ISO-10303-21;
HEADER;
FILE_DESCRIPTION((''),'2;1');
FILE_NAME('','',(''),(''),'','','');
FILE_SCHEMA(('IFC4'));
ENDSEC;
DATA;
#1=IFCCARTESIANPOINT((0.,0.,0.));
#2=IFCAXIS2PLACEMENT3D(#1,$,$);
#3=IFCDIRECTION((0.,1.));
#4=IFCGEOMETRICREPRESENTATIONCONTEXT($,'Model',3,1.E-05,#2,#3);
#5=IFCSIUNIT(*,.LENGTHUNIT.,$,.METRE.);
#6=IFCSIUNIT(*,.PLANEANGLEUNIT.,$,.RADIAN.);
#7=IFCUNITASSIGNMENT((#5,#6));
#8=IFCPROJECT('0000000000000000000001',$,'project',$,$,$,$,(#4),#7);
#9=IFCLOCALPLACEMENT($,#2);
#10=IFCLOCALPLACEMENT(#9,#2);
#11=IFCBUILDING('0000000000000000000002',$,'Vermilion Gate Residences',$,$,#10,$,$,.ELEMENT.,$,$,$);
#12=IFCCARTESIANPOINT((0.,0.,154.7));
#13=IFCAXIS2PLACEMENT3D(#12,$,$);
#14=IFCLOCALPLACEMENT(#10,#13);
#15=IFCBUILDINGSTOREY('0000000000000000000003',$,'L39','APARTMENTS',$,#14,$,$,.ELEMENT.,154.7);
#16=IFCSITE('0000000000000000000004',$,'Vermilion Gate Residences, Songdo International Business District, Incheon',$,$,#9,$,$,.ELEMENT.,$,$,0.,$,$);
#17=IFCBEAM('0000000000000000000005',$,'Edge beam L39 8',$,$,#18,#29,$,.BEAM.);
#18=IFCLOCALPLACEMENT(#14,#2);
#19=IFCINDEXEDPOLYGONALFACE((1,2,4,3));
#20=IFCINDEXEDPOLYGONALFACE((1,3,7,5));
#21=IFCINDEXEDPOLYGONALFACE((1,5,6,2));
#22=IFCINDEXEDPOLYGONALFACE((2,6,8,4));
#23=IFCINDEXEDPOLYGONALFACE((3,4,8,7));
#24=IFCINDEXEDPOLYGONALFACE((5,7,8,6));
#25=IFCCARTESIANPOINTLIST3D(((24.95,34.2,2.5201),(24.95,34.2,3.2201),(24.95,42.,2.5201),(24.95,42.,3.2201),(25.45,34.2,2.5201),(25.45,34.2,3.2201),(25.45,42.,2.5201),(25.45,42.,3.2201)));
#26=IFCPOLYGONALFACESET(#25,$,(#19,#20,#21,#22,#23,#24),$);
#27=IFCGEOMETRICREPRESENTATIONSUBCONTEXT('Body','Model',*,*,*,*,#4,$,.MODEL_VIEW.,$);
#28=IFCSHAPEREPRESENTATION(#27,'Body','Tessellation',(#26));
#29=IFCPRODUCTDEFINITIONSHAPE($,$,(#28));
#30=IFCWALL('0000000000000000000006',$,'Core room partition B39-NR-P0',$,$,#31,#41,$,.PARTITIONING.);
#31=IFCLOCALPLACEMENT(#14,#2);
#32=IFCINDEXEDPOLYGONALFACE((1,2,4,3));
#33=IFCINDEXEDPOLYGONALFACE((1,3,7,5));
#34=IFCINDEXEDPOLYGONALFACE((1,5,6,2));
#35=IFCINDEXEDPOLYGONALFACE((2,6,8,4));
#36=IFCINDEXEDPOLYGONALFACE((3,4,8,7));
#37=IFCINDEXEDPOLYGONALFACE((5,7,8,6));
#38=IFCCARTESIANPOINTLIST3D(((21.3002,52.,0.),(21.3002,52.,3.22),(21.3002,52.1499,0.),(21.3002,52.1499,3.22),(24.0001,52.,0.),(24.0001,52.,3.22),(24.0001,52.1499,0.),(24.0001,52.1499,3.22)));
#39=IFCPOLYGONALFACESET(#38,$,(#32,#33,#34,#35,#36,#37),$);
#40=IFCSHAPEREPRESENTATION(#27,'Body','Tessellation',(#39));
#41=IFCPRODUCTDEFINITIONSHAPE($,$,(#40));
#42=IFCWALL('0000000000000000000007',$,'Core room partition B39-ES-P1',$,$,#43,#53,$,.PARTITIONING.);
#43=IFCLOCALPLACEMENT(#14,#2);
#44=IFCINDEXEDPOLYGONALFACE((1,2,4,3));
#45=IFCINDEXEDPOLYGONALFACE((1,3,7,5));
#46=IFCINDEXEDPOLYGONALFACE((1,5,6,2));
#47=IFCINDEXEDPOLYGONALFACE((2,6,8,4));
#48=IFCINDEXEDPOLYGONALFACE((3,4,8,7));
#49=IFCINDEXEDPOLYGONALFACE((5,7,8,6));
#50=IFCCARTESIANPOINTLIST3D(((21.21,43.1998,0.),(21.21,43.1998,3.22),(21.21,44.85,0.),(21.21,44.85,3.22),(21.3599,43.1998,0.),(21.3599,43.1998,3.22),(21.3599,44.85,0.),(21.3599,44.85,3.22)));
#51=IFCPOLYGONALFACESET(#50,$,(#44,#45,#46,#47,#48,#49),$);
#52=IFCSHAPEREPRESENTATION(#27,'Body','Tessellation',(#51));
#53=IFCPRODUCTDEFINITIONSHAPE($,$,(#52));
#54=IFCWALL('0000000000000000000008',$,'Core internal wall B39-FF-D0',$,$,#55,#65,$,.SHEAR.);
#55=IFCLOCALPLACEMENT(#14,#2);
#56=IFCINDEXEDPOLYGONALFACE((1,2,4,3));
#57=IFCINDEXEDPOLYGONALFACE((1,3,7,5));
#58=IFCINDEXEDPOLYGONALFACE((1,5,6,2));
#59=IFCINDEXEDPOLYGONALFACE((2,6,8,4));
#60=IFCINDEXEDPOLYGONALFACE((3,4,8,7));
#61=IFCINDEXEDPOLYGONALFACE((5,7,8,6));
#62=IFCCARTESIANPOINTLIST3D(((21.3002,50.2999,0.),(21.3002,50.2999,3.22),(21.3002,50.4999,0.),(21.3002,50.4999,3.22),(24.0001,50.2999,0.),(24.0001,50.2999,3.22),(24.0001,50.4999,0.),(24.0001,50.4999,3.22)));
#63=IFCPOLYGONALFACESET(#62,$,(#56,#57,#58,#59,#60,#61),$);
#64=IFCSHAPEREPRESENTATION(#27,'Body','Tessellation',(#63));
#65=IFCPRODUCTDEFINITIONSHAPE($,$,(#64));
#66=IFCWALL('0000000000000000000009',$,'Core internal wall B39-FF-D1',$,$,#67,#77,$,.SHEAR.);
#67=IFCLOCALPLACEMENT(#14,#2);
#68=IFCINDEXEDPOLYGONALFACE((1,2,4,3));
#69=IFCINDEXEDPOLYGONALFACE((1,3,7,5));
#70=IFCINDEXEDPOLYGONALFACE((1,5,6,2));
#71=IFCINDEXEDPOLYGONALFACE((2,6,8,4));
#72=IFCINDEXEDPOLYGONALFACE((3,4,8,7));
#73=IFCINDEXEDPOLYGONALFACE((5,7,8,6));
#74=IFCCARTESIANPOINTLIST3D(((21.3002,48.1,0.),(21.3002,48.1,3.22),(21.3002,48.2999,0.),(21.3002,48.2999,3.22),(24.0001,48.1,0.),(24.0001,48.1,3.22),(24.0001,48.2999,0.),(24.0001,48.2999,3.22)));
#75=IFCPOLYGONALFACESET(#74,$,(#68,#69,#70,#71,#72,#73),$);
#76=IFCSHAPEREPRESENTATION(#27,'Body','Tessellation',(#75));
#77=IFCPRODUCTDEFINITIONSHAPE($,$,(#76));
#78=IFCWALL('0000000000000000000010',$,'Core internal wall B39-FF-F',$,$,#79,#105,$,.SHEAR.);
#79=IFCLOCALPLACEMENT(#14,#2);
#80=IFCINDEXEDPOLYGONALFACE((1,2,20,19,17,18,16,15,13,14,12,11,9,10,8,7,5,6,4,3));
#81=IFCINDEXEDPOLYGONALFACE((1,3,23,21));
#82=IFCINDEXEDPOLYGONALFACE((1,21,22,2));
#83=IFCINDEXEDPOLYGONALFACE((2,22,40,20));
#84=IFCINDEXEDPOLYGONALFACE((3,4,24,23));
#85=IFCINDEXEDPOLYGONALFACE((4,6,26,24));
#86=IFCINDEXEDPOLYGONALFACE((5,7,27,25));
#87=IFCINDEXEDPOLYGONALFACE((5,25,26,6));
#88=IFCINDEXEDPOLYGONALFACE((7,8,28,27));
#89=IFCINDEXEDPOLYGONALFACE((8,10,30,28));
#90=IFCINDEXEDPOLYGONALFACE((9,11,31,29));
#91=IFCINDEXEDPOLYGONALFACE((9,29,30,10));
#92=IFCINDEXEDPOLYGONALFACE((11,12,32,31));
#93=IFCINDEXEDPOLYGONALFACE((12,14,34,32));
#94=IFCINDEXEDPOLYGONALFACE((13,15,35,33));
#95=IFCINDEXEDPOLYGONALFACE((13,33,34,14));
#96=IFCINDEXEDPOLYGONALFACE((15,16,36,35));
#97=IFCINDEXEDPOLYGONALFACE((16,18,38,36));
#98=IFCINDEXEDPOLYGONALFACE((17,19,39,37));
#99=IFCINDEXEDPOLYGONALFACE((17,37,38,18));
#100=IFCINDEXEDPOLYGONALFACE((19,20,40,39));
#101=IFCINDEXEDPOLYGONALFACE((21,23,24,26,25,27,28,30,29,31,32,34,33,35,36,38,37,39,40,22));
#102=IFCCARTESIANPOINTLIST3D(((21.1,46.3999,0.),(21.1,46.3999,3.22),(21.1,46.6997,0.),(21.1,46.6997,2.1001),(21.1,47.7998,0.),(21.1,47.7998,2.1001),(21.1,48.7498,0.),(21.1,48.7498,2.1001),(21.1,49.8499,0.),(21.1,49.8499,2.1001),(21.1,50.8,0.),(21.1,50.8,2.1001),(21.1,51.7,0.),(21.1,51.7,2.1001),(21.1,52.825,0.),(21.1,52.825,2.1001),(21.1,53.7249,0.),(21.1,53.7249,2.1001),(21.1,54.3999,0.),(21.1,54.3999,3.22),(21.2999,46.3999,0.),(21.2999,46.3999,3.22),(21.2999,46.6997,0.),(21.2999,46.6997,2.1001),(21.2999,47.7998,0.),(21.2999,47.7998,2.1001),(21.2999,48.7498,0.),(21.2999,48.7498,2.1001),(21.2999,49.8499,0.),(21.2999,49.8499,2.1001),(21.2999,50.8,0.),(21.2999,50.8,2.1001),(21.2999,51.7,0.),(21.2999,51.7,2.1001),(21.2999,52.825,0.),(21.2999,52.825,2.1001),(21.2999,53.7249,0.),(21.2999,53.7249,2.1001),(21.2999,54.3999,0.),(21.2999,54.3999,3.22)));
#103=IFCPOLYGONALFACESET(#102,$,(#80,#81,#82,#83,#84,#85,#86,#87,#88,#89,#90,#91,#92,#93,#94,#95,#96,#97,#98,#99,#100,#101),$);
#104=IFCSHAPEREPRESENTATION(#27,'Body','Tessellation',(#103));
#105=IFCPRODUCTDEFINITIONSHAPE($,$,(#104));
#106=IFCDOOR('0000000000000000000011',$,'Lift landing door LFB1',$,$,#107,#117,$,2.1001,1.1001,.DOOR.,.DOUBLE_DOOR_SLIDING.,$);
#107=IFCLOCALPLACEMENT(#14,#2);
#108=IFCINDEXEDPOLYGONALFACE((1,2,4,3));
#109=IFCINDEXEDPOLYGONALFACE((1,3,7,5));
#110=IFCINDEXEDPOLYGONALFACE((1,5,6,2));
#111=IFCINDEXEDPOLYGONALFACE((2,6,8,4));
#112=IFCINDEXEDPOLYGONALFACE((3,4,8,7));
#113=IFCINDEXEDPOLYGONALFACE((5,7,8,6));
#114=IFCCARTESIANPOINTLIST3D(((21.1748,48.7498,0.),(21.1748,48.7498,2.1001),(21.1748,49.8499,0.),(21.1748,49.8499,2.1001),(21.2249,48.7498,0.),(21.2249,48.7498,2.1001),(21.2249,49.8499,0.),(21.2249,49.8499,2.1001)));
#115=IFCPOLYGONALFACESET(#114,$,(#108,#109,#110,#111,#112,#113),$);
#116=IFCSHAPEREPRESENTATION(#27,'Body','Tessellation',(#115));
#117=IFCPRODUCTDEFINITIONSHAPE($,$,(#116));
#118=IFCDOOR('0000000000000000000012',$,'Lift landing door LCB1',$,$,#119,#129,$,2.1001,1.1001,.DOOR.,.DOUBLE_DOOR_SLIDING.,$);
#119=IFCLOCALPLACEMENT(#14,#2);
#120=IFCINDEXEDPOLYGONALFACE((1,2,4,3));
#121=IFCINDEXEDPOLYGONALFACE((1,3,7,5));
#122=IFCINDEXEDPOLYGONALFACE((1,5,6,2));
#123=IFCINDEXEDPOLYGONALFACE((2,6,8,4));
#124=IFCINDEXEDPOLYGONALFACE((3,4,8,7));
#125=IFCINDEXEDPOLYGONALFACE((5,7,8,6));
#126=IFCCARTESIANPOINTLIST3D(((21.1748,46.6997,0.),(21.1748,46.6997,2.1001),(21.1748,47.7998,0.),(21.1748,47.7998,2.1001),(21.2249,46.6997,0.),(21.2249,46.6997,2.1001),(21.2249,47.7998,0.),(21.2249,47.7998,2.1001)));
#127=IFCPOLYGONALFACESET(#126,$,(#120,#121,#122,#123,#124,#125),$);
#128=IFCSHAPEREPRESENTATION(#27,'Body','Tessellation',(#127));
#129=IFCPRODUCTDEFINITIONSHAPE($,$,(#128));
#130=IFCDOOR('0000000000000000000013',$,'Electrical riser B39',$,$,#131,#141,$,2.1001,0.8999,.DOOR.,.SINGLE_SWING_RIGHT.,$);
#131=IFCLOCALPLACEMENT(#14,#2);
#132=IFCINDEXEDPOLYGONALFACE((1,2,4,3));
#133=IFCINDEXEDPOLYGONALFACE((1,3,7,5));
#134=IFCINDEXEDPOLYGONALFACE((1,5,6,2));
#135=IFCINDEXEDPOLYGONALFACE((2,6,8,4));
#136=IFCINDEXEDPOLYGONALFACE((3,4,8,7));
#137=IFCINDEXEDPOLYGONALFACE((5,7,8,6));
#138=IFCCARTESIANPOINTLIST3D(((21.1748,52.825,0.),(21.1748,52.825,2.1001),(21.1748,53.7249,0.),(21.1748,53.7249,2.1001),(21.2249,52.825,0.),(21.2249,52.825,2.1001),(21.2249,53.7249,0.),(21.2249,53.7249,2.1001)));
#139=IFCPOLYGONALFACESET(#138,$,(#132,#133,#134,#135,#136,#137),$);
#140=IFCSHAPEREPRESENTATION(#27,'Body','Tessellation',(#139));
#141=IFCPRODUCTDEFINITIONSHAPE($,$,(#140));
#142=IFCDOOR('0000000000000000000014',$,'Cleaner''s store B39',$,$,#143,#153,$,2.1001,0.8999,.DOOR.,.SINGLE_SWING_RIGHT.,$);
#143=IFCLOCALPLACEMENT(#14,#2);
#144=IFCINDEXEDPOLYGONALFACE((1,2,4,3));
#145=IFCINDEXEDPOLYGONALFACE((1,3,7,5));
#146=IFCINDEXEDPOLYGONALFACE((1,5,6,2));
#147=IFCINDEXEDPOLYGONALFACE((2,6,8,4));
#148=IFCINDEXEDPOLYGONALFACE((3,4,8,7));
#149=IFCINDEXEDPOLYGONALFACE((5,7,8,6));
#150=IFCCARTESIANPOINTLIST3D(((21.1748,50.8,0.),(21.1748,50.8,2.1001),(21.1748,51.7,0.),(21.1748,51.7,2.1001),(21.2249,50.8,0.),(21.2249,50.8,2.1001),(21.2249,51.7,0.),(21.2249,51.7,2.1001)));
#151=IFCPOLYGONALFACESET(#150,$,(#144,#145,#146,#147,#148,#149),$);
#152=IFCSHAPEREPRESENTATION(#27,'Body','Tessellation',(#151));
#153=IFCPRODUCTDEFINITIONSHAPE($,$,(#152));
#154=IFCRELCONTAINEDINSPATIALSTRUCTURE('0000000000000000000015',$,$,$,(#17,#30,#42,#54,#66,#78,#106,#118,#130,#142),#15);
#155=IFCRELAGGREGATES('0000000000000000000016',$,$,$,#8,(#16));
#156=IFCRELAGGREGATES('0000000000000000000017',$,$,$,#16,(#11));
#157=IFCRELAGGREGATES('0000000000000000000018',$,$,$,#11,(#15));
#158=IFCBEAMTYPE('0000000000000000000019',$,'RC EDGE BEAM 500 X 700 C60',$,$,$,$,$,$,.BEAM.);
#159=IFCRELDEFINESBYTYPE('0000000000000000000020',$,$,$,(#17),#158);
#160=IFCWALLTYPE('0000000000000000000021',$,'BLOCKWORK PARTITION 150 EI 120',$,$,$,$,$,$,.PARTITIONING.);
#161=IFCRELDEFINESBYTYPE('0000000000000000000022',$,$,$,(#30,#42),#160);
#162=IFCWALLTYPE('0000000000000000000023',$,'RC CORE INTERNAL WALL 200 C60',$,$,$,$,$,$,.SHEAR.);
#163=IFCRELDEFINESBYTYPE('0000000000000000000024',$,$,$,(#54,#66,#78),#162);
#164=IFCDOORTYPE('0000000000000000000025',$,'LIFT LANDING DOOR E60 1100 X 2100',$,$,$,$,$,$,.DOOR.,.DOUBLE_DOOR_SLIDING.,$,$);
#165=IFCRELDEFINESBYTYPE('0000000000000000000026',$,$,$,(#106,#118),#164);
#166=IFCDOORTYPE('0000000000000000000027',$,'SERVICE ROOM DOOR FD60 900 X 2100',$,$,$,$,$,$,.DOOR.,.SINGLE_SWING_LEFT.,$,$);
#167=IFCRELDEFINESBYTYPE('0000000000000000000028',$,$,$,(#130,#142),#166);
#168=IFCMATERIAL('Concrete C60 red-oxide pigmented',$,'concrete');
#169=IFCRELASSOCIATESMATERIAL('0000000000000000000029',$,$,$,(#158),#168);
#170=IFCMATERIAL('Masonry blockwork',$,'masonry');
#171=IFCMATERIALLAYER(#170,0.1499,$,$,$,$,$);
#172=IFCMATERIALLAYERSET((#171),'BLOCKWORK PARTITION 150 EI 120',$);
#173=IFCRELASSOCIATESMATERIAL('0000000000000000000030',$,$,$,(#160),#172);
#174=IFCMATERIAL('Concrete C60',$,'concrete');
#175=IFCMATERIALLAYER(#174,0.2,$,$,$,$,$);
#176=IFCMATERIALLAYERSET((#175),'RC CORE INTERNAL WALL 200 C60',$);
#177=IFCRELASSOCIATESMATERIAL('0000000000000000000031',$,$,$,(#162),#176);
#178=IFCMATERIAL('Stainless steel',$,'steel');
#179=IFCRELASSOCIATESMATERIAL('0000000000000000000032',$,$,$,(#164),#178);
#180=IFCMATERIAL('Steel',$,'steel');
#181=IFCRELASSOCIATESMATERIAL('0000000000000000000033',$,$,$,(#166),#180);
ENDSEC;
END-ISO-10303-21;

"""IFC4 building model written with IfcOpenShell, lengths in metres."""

from ifc_helpers import new_model, si_unit, direction, frame, frame_2d, origin, origin_2d, place, context, subcontext, project, spatial, rectangle, extrude, material, layer, layer_set, material_profile, profile_set, type_object, element, fill, save


model = new_model("IFC4")

# Units and contexts
model_context = context("Model", 3, precision=1e-05, world=origin(), true_north=direction((0.0, 1.0)))
body_context = subcontext(model_context, "Body", "Model", "MODEL_VIEW")
ifc_project = project(units=[si_unit("LENGTHUNIT", "METRE"), si_unit("PLANEANGLEUNIT", "RADIAN")], contexts=[model_context])

# Site, building, storey
site_placement = place(None, origin())
site = spatial("IfcSite", under=ifc_project, at=site_placement, Name="Vermilion Gate Residences, Songdo International Business District, Incheon", CompositionType="ELEMENT", RefElevation=0.0)
building_placement = place(site_placement, origin())
building = spatial("IfcBuilding", under=site, at=building_placement, Name="Vermilion Gate Residences", CompositionType="ELEMENT")
storey_placement = place(building_placement, frame((0.0, 0.0, 154.7)))
storey = spatial("IfcBuildingStorey", under=building, at=storey_placement, Name="L39", Description="APARTMENTS", CompositionType="ELEMENT", Elevation=154.7)

# Beam
ifc_material_1 = material(Name="Concrete C60 red-oxide pigmented", Category="concrete")
ifc_material_profile_1 = material_profile(ifc_material_1, rectangle(XDim=0.5, YDim=0.7, at=origin_2d()), Name="RC-500x700")
ifc_profile_set_1 = profile_set([ifc_material_profile_1], Name="Concrete C60 red-oxide pigmented")
beam_type = type_object("IfcBeamType", Name="RC EDGE BEAM 500 X 700 C60", PredefinedType="BEAM", material=ifc_profile_set_1)
beam_placement = place(storey_placement, frame((25.2, 34.2, 2.8701), z_axis=(0.0, 1.0, 0.0), x_axis=(-1.0, 0.0, 0.0)))
element("IfcBeam", 1, at=beam_placement, inside=storey, type_object=beam_type, Name="Edge beam L39 8", PredefinedType="BEAM", context=body_context, shape_type="SweptSolid", body=[
    extrude(rectangle(XDim=0.5, YDim=0.7, at=origin_2d()), origin(), (0.0, 0.0, 1.0), 7.8),
])

# Walls
ifc_material_2 = material(Name="Masonry blockwork", Category="masonry")
ifc_layer_1 = layer(ifc_material_2, 0.1499)
ifc_layer_set_1 = layer_set([ifc_layer_1], Name="BLOCKWORK PARTITION 150 EI 120")
wall_type_1 = type_object("IfcWallType", Name="BLOCKWORK PARTITION 150 EI 120", PredefinedType="PARTITIONING", material=ifc_layer_set_1)
wall_1_placement = place(storey_placement, frame((21.3, 52.075, 0.0), z_axis=(0.0, 0.0, 1.0), x_axis=(1.0, 0.0, 0.0)))
element("IfcWall", 2, at=wall_1_placement, inside=storey, type_object=wall_type_1, Name="Core room partition B39-NR-P0", PredefinedType="PARTITIONING", context=body_context, shape_type="SweptSolid", body=[
    extrude(rectangle(XDim=2.7, YDim=0.1499, at=frame_2d((1.3501, 0.0))), origin(), (0.0, 0.0, 1.0), 3.22),
])
wall_2_placement = place(storey_placement, frame((21.2849, 44.8501, 0.0), z_axis=(0.0, 0.0, 1.0), x_axis=(0.0, -1.0, 0.0)))
element("IfcWall", 3, at=wall_2_placement, inside=storey, type_object=wall_type_1, Name="Core room partition B39-ES-P1", PredefinedType="PARTITIONING", context=body_context, shape_type="SweptSolid", body=[
    extrude(rectangle(XDim=1.6501, YDim=0.1499, at=frame_2d((0.8252, 0.0))), origin(), (0.0, 0.0, 1.0), 3.22),
])
ifc_material_3 = material(Name="Concrete C60", Category="concrete")
ifc_layer_2 = layer(ifc_material_3, 0.2)
ifc_layer_set_2 = layer_set([ifc_layer_2], Name="RC CORE INTERNAL WALL 200 C60")
wall_type_2 = type_object("IfcWallType", Name="RC CORE INTERNAL WALL 200 C60", PredefinedType="SHEAR", material=ifc_layer_set_2)
for number, where, z_axis, x_axis, name in (
    (4, (21.3, 50.3999, 0.0), (0.0, 0.0, 1.0), (1.0, 0.0, 0.0), "Core internal wall B39-FF-D0"),
    (5, (21.3, 48.2, 0.0), (0.0, 0.0, 1.0), (1.0, 0.0, 0.0), "Core internal wall B39-FF-D1"),
):
    element("IfcWall", number, at=place(storey_placement, frame(where, z_axis=z_axis, x_axis=x_axis)), inside=storey, type_object=wall_type_2, Name=name, PredefinedType="SHEAR", context=body_context, shape_type="SweptSolid", body=[
        extrude(rectangle(XDim=2.7, YDim=0.2, at=frame_2d((1.3501, 0.0))), origin(), (0.0, 0.0, 1.0), 3.22),
    ])

# Wall, openings, doors
wall_3_placement = place(storey_placement, frame((21.2, 54.3999, 0.0), z_axis=(0.0, 0.0, 1.0), x_axis=(0.0, -1.0, 0.0)))
wall_3 = element("IfcWall", 6, at=wall_3_placement, inside=storey, type_object=wall_type_2, Name="Core internal wall B39-FF-F", PredefinedType="SHEAR", context=body_context, shape_type="SweptSolid", body=[
    extrude(rectangle(XDim=8.0, YDim=0.2, at=frame_2d((4.0, 0.0))), origin(), (0.0, 0.0, 1.0), 3.22),
])
opening_1_placement = place(wall_3_placement, frame((0.675, 0.0, 0.0)))
opening_1 = element("IfcOpeningElement", 7, at=opening_1_placement, cuts=wall_3, PredefinedType="OPENING", context=body_context, shape_type="SweptSolid", body=[
    extrude(rectangle(XDim=0.8999, YDim=2.1001, at=frame_2d((0.45, 1.05))), frame((0.0, 0.1099, 0.0), z_axis=(0.0, -1.0, 0.0), x_axis=(1.0, 0.0, 0.0)), (0.0, 0.0, 1.0), 0.22),
])
opening_2_placement = place(wall_3_placement, frame((2.7, 0.0, 0.0)))
opening_2 = element("IfcOpeningElement", 8, at=opening_2_placement, cuts=wall_3, PredefinedType="OPENING", context=body_context, shape_type="SweptSolid", body=[
    extrude(rectangle(XDim=0.8999, YDim=2.1001, at=frame_2d((0.45, 1.05))), frame((0.0, 0.1099, 0.0), z_axis=(0.0, -1.0, 0.0), x_axis=(1.0, 0.0, 0.0)), (0.0, 0.0, 1.0), 0.22),
])
opening_3_placement = place(wall_3_placement, frame((4.55, 0.0, 0.0)))
opening_3 = element("IfcOpeningElement", 9, at=opening_3_placement, cuts=wall_3, PredefinedType="OPENING", context=body_context, shape_type="SweptSolid", body=[
    extrude(rectangle(XDim=1.1001, YDim=2.1001, at=frame_2d((0.55, 1.05))), frame((0.0, 0.1099, 0.0), z_axis=(0.0, -1.0, 0.0), x_axis=(1.0, 0.0, 0.0)), (0.0, 0.0, 1.0), 0.22),
])
opening_4_placement = place(wall_3_placement, frame((6.6001, 0.0, 0.0)))
opening_4 = element("IfcOpeningElement", 10, at=opening_4_placement, cuts=wall_3, PredefinedType="OPENING", context=body_context, shape_type="SweptSolid", body=[
    extrude(rectangle(XDim=1.1001, YDim=2.1001, at=frame_2d((0.55, 1.05))), frame((0.0, 0.1099, 0.0), z_axis=(0.0, -1.0, 0.0), x_axis=(1.0, 0.0, 0.0)), (0.0, 0.0, 1.0), 0.22),
])
ifc_material_4 = material(Name="Stainless steel", Category="steel")
door_type_1 = type_object("IfcDoorType", Name="LIFT LANDING DOOR E60 1100 X 2100", OperationType="DOUBLE_DOOR_SLIDING", PredefinedType="DOOR", material=ifc_material_4)
door_1_placement = place(opening_3_placement, origin())
door_1 = element("IfcDoor", 11, at=door_1_placement, inside=storey, type_object=door_type_1, Name="Lift landing door LFB1", OperationType="DOUBLE_DOOR_SLIDING", OverallHeight=2.1001, OverallWidth=1.1001, PredefinedType="DOOR", context=body_context, shape_type="SweptSolid", body=[
    extrude(rectangle(XDim=1.1001, YDim=2.1001, at=frame_2d((0.55, 1.05))), frame((0.0, 0.0249, 0.0), z_axis=(0.0, -1.0, 0.0), x_axis=(1.0, 0.0, 0.0)), (0.0, 0.0, 1.0), 0.05),
])
fill(opening_3, door_1)
door_2_placement = place(opening_4_placement, origin())
door_2 = element("IfcDoor", 12, at=door_2_placement, inside=storey, type_object=door_type_1, Name="Lift landing door LCB1", OperationType="DOUBLE_DOOR_SLIDING", OverallHeight=2.1001, OverallWidth=1.1001, PredefinedType="DOOR", context=body_context, shape_type="SweptSolid", body=[
    extrude(rectangle(XDim=1.1001, YDim=2.1001, at=frame_2d((0.55, 1.05))), frame((0.0, 0.0249, 0.0), z_axis=(0.0, -1.0, 0.0), x_axis=(1.0, 0.0, 0.0)), (0.0, 0.0, 1.0), 0.05),
])
fill(opening_4, door_2)
ifc_material_5 = material(Name="Steel", Category="steel")
door_type_2 = type_object("IfcDoorType", Name="SERVICE ROOM DOOR FD60 900 X 2100", OperationType="SINGLE_SWING_LEFT", PredefinedType="DOOR", material=ifc_material_5)
door_3_placement = place(opening_1_placement, origin())
door_3 = element("IfcDoor", 13, at=door_3_placement, inside=storey, type_object=door_type_2, Name="Electrical riser B39", OperationType="SINGLE_SWING_RIGHT", OverallHeight=2.1001, OverallWidth=0.8999, PredefinedType="DOOR", context=body_context, shape_type="SweptSolid", body=[
    extrude(rectangle(XDim=0.8999, YDim=2.1001, at=frame_2d((0.45, 1.05))), frame((0.0, 0.0249, 0.0), z_axis=(0.0, -1.0, 0.0), x_axis=(1.0, 0.0, 0.0)), (0.0, 0.0, 1.0), 0.05),
])
fill(opening_1, door_3)
door_4_placement = place(opening_2_placement, origin())
door_4 = element("IfcDoor", 14, at=door_4_placement, inside=storey, type_object=door_type_2, Name="Cleaner's store B39", OperationType="SINGLE_SWING_RIGHT", OverallHeight=2.1001, OverallWidth=0.8999, PredefinedType="DOOR", context=body_context, shape_type="SweptSolid", body=[
    extrude(rectangle(XDim=0.8999, YDim=2.1001, at=frame_2d((0.45, 1.05))), frame((0.0, 0.0249, 0.0), z_axis=(0.0, -1.0, 0.0), x_axis=(1.0, 0.0, 0.0)), (0.0, 0.0, 1.0), 0.05),
])
fill(opening_2, door_4)

save(model, "model.ifc")
